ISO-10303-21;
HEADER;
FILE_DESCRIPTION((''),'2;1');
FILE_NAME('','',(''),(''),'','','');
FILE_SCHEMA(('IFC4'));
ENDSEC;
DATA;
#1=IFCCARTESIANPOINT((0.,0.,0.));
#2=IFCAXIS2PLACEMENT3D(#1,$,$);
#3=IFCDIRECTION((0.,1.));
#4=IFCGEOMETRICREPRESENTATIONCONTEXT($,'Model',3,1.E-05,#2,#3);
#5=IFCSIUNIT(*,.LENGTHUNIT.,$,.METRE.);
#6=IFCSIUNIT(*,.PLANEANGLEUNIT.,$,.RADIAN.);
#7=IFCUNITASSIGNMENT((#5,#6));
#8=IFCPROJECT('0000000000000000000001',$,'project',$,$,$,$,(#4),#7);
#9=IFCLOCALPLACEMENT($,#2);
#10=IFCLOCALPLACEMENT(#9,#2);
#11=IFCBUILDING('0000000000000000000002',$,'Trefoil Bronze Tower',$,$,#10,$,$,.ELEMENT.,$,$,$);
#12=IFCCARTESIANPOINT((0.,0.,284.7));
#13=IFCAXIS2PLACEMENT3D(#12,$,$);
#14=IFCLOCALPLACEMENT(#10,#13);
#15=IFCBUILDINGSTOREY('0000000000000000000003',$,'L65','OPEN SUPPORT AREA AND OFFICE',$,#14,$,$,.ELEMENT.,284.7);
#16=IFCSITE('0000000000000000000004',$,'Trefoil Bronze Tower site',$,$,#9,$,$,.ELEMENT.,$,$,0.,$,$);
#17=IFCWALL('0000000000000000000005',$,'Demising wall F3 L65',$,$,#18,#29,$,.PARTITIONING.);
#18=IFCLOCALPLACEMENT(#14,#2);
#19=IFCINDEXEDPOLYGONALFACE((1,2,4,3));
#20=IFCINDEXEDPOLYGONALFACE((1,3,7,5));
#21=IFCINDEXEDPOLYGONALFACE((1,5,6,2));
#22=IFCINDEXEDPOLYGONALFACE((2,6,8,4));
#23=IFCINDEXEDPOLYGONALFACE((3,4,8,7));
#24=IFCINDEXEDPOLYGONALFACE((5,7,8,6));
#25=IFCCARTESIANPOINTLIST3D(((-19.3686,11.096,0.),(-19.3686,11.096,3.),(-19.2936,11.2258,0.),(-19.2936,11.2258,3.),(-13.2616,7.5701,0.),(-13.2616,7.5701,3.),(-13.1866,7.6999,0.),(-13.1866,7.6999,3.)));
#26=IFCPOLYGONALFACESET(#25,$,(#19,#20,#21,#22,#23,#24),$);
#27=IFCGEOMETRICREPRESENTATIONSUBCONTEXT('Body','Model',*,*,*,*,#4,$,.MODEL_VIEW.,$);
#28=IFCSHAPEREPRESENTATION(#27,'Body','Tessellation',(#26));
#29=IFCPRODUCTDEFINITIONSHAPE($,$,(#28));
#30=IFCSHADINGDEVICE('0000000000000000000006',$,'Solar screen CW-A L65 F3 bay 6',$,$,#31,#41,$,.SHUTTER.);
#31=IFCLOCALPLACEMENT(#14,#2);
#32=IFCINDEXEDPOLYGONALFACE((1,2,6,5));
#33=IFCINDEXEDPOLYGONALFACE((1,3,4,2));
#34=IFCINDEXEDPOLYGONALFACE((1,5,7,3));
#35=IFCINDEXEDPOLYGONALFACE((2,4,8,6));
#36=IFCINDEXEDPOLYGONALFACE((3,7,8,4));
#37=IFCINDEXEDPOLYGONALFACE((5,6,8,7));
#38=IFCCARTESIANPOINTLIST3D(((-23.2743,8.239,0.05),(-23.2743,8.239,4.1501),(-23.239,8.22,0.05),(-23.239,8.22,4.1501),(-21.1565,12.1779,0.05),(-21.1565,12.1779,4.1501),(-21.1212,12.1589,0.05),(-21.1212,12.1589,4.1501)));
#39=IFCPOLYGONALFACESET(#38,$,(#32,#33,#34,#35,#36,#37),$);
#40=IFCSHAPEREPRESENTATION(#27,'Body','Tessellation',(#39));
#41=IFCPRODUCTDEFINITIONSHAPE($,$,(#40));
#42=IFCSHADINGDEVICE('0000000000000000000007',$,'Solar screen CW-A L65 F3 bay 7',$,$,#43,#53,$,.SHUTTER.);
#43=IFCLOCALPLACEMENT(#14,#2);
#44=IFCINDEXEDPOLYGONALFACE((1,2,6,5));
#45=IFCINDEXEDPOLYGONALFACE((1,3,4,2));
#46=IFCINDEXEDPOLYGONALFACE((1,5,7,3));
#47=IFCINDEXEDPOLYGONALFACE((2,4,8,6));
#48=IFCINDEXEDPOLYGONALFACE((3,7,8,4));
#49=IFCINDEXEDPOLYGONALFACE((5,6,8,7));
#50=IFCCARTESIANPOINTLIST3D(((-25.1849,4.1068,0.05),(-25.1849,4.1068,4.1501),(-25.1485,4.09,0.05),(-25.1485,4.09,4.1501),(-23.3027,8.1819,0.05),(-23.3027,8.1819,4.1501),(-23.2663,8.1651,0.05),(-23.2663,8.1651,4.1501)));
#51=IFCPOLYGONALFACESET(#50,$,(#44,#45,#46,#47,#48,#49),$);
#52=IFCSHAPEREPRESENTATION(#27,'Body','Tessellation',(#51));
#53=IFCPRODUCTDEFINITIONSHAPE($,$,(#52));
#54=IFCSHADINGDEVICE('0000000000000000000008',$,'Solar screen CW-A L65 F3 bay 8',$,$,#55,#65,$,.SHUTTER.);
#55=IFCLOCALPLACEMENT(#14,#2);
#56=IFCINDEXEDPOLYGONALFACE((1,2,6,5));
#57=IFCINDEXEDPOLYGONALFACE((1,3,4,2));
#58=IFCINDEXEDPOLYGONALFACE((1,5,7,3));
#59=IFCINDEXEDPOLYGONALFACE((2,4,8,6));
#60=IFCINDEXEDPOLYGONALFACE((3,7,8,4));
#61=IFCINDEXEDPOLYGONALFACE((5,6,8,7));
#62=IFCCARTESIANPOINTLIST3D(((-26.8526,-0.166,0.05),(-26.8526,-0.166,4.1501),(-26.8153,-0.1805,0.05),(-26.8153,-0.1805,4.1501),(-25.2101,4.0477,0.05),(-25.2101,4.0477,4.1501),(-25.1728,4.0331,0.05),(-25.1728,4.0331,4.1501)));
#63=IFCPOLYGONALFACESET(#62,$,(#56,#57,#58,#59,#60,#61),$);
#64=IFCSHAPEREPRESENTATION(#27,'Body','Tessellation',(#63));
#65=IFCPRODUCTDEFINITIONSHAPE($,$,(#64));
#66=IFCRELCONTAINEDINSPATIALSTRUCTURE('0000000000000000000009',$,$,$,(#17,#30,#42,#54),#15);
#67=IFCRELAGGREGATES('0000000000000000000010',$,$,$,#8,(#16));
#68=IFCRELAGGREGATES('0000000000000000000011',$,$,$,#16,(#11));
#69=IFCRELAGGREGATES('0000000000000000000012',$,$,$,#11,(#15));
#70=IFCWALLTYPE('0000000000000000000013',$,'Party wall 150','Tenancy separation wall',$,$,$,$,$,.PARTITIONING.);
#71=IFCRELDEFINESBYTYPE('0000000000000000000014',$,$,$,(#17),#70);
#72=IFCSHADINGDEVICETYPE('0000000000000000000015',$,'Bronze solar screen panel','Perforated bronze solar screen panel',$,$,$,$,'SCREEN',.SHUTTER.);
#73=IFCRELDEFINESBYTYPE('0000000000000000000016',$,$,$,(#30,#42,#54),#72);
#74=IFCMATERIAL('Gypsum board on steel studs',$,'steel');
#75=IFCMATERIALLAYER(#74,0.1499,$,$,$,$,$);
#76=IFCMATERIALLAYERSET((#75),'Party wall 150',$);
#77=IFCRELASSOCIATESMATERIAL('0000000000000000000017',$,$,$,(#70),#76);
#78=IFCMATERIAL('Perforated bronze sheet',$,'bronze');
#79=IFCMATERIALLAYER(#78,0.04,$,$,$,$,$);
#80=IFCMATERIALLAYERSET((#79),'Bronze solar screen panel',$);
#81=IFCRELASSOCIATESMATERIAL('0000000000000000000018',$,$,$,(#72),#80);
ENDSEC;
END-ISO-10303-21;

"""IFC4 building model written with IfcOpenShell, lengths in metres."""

from ifc_helpers import new_model, si_unit, direction, frame, frame_2d, origin, origin_2d, place, context, subcontext, project, spatial, rectangle, extrude, material, layer, layer_set, type_object, element, save


model = new_model("IFC4")

# Units and contexts
model_context = context("Model", 3, precision=1e-05, world=origin(), true_north=direction((0.0, 1.0)))
body_context = subcontext(model_context, "Body", "Model", "MODEL_VIEW")
ifc_project = project(units=[si_unit("LENGTHUNIT", "METRE"), si_unit("PLANEANGLEUNIT", "RADIAN")], contexts=[model_context])

# Site, building, storey
site_placement = place(None, origin())
site = spatial("IfcSite", under=ifc_project, at=site_placement, Name="Trefoil Bronze Tower site", CompositionType="ELEMENT", RefElevation=0.0)
building_placement = place(site_placement, origin())
building = spatial("IfcBuilding", under=site, at=building_placement, Name="Trefoil Bronze Tower", CompositionType="ELEMENT")
storey_placement = place(building_placement, frame((0.0, 0.0, 284.7)))
storey = spatial("IfcBuildingStorey", under=building, at=storey_placement, Name="L65", Description="OPEN SUPPORT AREA AND OFFICE", CompositionType="ELEMENT", Elevation=284.7)

# Wall
ifc_material_1 = material(Name="Gypsum board on steel studs", Category="steel")
ifc_layer_1 = layer(ifc_material_1, 0.1499)
ifc_layer_set_1 = layer_set([ifc_layer_1], Name="Party wall 150")
wall_type_1 = type_object("IfcWallType", Name="Party wall 150", Description="Tenancy separation wall", PredefinedType="PARTITIONING", material=ifc_layer_set_1)
wall_1_placement = place(storey_placement, frame((-13.2241, 7.635, 0.0), z_axis=(0.0, 0.0, 1.0), x_axis=(-0.866023, 0.500004, 0.0)))
element("IfcWall", 1, at=wall_1_placement, inside=storey, type_object=wall_type_1, Name="Demising wall F3 L65", PredefinedType="PARTITIONING", context=body_context, shape_type="SweptSolid", body=[
    extrude(rectangle(XDim=7.0518, YDim=0.1499, at=frame_2d((3.5259, 0.0))), origin(), (0.0, 0.0, 1.0), 3.0),
])

# Shading devices
ifc_material_2 = material(Name="Perforated bronze sheet", Category="bronze")
ifc_layer_2 = layer(ifc_material_2, 0.04)
ifc_layer_set_2 = layer_set([ifc_layer_2], Name="Bronze solar screen panel")
shading_device_type = type_object("IfcShadingDeviceType", Name="Bronze solar screen panel", Description="Perforated bronze solar screen panel", ElementType="SCREEN", PredefinedType="SHUTTER", material=ifc_layer_set_2)
shading_device_1_placement = place(storey_placement, frame((-22.1978, 10.199, 0.05), z_axis=(0.0, 0.0, 1.0), x_axis=(-0.473562, -0.88076, 0.0)))
element("IfcShadingDevice", 2, at=shading_device_1_placement, inside=storey, type_object=shading_device_type, Name="Solar screen CW-A L65 F3 bay 6", PredefinedType="SHUTTER", context=body_context, shape_type="SweptSolid", body=[
    extrude(rectangle(XDim=4.4722, YDim=0.04, at=origin_2d()), origin(), (0.0, 0.0, 1.0), 4.1001),
])
shading_device_2_placement = place(storey_placement, frame((-24.2256, 6.136, 0.05), z_axis=(0.0, 0.0, 1.0), x_axis=(-0.419309, -0.907844, 0.0)))
element("IfcShadingDevice", 3, at=shading_device_2_placement, inside=storey, type_object=shading_device_type, Name="Solar screen CW-A L65 F3 bay 7", PredefinedType="SHUTTER", context=body_context, shape_type="SweptSolid", body=[
    extrude(rectangle(XDim=4.4888, YDim=0.04, at=origin_2d()), origin(), (0.0, 0.0, 1.0), 4.1001),
])
shading_device_3_placement = place(storey_placement, frame((-26.0127, 1.9336, 0.05), z_axis=(0.0, 0.0, 1.0), x_axis=(-0.363199, -0.931712, 0.0)))
element("IfcShadingDevice", 4, at=shading_device_3_placement, inside=storey, type_object=shading_device_type, Name="Solar screen CW-A L65 F3 bay 8", PredefinedType="SHUTTER", context=body_context, shape_type="SweptSolid", body=[
    extrude(rectangle(XDim=4.5225, YDim=0.04, at=origin_2d()), origin(), (0.0, 0.0, 1.0), 4.1001),
])

save(model, "model.ifc")
